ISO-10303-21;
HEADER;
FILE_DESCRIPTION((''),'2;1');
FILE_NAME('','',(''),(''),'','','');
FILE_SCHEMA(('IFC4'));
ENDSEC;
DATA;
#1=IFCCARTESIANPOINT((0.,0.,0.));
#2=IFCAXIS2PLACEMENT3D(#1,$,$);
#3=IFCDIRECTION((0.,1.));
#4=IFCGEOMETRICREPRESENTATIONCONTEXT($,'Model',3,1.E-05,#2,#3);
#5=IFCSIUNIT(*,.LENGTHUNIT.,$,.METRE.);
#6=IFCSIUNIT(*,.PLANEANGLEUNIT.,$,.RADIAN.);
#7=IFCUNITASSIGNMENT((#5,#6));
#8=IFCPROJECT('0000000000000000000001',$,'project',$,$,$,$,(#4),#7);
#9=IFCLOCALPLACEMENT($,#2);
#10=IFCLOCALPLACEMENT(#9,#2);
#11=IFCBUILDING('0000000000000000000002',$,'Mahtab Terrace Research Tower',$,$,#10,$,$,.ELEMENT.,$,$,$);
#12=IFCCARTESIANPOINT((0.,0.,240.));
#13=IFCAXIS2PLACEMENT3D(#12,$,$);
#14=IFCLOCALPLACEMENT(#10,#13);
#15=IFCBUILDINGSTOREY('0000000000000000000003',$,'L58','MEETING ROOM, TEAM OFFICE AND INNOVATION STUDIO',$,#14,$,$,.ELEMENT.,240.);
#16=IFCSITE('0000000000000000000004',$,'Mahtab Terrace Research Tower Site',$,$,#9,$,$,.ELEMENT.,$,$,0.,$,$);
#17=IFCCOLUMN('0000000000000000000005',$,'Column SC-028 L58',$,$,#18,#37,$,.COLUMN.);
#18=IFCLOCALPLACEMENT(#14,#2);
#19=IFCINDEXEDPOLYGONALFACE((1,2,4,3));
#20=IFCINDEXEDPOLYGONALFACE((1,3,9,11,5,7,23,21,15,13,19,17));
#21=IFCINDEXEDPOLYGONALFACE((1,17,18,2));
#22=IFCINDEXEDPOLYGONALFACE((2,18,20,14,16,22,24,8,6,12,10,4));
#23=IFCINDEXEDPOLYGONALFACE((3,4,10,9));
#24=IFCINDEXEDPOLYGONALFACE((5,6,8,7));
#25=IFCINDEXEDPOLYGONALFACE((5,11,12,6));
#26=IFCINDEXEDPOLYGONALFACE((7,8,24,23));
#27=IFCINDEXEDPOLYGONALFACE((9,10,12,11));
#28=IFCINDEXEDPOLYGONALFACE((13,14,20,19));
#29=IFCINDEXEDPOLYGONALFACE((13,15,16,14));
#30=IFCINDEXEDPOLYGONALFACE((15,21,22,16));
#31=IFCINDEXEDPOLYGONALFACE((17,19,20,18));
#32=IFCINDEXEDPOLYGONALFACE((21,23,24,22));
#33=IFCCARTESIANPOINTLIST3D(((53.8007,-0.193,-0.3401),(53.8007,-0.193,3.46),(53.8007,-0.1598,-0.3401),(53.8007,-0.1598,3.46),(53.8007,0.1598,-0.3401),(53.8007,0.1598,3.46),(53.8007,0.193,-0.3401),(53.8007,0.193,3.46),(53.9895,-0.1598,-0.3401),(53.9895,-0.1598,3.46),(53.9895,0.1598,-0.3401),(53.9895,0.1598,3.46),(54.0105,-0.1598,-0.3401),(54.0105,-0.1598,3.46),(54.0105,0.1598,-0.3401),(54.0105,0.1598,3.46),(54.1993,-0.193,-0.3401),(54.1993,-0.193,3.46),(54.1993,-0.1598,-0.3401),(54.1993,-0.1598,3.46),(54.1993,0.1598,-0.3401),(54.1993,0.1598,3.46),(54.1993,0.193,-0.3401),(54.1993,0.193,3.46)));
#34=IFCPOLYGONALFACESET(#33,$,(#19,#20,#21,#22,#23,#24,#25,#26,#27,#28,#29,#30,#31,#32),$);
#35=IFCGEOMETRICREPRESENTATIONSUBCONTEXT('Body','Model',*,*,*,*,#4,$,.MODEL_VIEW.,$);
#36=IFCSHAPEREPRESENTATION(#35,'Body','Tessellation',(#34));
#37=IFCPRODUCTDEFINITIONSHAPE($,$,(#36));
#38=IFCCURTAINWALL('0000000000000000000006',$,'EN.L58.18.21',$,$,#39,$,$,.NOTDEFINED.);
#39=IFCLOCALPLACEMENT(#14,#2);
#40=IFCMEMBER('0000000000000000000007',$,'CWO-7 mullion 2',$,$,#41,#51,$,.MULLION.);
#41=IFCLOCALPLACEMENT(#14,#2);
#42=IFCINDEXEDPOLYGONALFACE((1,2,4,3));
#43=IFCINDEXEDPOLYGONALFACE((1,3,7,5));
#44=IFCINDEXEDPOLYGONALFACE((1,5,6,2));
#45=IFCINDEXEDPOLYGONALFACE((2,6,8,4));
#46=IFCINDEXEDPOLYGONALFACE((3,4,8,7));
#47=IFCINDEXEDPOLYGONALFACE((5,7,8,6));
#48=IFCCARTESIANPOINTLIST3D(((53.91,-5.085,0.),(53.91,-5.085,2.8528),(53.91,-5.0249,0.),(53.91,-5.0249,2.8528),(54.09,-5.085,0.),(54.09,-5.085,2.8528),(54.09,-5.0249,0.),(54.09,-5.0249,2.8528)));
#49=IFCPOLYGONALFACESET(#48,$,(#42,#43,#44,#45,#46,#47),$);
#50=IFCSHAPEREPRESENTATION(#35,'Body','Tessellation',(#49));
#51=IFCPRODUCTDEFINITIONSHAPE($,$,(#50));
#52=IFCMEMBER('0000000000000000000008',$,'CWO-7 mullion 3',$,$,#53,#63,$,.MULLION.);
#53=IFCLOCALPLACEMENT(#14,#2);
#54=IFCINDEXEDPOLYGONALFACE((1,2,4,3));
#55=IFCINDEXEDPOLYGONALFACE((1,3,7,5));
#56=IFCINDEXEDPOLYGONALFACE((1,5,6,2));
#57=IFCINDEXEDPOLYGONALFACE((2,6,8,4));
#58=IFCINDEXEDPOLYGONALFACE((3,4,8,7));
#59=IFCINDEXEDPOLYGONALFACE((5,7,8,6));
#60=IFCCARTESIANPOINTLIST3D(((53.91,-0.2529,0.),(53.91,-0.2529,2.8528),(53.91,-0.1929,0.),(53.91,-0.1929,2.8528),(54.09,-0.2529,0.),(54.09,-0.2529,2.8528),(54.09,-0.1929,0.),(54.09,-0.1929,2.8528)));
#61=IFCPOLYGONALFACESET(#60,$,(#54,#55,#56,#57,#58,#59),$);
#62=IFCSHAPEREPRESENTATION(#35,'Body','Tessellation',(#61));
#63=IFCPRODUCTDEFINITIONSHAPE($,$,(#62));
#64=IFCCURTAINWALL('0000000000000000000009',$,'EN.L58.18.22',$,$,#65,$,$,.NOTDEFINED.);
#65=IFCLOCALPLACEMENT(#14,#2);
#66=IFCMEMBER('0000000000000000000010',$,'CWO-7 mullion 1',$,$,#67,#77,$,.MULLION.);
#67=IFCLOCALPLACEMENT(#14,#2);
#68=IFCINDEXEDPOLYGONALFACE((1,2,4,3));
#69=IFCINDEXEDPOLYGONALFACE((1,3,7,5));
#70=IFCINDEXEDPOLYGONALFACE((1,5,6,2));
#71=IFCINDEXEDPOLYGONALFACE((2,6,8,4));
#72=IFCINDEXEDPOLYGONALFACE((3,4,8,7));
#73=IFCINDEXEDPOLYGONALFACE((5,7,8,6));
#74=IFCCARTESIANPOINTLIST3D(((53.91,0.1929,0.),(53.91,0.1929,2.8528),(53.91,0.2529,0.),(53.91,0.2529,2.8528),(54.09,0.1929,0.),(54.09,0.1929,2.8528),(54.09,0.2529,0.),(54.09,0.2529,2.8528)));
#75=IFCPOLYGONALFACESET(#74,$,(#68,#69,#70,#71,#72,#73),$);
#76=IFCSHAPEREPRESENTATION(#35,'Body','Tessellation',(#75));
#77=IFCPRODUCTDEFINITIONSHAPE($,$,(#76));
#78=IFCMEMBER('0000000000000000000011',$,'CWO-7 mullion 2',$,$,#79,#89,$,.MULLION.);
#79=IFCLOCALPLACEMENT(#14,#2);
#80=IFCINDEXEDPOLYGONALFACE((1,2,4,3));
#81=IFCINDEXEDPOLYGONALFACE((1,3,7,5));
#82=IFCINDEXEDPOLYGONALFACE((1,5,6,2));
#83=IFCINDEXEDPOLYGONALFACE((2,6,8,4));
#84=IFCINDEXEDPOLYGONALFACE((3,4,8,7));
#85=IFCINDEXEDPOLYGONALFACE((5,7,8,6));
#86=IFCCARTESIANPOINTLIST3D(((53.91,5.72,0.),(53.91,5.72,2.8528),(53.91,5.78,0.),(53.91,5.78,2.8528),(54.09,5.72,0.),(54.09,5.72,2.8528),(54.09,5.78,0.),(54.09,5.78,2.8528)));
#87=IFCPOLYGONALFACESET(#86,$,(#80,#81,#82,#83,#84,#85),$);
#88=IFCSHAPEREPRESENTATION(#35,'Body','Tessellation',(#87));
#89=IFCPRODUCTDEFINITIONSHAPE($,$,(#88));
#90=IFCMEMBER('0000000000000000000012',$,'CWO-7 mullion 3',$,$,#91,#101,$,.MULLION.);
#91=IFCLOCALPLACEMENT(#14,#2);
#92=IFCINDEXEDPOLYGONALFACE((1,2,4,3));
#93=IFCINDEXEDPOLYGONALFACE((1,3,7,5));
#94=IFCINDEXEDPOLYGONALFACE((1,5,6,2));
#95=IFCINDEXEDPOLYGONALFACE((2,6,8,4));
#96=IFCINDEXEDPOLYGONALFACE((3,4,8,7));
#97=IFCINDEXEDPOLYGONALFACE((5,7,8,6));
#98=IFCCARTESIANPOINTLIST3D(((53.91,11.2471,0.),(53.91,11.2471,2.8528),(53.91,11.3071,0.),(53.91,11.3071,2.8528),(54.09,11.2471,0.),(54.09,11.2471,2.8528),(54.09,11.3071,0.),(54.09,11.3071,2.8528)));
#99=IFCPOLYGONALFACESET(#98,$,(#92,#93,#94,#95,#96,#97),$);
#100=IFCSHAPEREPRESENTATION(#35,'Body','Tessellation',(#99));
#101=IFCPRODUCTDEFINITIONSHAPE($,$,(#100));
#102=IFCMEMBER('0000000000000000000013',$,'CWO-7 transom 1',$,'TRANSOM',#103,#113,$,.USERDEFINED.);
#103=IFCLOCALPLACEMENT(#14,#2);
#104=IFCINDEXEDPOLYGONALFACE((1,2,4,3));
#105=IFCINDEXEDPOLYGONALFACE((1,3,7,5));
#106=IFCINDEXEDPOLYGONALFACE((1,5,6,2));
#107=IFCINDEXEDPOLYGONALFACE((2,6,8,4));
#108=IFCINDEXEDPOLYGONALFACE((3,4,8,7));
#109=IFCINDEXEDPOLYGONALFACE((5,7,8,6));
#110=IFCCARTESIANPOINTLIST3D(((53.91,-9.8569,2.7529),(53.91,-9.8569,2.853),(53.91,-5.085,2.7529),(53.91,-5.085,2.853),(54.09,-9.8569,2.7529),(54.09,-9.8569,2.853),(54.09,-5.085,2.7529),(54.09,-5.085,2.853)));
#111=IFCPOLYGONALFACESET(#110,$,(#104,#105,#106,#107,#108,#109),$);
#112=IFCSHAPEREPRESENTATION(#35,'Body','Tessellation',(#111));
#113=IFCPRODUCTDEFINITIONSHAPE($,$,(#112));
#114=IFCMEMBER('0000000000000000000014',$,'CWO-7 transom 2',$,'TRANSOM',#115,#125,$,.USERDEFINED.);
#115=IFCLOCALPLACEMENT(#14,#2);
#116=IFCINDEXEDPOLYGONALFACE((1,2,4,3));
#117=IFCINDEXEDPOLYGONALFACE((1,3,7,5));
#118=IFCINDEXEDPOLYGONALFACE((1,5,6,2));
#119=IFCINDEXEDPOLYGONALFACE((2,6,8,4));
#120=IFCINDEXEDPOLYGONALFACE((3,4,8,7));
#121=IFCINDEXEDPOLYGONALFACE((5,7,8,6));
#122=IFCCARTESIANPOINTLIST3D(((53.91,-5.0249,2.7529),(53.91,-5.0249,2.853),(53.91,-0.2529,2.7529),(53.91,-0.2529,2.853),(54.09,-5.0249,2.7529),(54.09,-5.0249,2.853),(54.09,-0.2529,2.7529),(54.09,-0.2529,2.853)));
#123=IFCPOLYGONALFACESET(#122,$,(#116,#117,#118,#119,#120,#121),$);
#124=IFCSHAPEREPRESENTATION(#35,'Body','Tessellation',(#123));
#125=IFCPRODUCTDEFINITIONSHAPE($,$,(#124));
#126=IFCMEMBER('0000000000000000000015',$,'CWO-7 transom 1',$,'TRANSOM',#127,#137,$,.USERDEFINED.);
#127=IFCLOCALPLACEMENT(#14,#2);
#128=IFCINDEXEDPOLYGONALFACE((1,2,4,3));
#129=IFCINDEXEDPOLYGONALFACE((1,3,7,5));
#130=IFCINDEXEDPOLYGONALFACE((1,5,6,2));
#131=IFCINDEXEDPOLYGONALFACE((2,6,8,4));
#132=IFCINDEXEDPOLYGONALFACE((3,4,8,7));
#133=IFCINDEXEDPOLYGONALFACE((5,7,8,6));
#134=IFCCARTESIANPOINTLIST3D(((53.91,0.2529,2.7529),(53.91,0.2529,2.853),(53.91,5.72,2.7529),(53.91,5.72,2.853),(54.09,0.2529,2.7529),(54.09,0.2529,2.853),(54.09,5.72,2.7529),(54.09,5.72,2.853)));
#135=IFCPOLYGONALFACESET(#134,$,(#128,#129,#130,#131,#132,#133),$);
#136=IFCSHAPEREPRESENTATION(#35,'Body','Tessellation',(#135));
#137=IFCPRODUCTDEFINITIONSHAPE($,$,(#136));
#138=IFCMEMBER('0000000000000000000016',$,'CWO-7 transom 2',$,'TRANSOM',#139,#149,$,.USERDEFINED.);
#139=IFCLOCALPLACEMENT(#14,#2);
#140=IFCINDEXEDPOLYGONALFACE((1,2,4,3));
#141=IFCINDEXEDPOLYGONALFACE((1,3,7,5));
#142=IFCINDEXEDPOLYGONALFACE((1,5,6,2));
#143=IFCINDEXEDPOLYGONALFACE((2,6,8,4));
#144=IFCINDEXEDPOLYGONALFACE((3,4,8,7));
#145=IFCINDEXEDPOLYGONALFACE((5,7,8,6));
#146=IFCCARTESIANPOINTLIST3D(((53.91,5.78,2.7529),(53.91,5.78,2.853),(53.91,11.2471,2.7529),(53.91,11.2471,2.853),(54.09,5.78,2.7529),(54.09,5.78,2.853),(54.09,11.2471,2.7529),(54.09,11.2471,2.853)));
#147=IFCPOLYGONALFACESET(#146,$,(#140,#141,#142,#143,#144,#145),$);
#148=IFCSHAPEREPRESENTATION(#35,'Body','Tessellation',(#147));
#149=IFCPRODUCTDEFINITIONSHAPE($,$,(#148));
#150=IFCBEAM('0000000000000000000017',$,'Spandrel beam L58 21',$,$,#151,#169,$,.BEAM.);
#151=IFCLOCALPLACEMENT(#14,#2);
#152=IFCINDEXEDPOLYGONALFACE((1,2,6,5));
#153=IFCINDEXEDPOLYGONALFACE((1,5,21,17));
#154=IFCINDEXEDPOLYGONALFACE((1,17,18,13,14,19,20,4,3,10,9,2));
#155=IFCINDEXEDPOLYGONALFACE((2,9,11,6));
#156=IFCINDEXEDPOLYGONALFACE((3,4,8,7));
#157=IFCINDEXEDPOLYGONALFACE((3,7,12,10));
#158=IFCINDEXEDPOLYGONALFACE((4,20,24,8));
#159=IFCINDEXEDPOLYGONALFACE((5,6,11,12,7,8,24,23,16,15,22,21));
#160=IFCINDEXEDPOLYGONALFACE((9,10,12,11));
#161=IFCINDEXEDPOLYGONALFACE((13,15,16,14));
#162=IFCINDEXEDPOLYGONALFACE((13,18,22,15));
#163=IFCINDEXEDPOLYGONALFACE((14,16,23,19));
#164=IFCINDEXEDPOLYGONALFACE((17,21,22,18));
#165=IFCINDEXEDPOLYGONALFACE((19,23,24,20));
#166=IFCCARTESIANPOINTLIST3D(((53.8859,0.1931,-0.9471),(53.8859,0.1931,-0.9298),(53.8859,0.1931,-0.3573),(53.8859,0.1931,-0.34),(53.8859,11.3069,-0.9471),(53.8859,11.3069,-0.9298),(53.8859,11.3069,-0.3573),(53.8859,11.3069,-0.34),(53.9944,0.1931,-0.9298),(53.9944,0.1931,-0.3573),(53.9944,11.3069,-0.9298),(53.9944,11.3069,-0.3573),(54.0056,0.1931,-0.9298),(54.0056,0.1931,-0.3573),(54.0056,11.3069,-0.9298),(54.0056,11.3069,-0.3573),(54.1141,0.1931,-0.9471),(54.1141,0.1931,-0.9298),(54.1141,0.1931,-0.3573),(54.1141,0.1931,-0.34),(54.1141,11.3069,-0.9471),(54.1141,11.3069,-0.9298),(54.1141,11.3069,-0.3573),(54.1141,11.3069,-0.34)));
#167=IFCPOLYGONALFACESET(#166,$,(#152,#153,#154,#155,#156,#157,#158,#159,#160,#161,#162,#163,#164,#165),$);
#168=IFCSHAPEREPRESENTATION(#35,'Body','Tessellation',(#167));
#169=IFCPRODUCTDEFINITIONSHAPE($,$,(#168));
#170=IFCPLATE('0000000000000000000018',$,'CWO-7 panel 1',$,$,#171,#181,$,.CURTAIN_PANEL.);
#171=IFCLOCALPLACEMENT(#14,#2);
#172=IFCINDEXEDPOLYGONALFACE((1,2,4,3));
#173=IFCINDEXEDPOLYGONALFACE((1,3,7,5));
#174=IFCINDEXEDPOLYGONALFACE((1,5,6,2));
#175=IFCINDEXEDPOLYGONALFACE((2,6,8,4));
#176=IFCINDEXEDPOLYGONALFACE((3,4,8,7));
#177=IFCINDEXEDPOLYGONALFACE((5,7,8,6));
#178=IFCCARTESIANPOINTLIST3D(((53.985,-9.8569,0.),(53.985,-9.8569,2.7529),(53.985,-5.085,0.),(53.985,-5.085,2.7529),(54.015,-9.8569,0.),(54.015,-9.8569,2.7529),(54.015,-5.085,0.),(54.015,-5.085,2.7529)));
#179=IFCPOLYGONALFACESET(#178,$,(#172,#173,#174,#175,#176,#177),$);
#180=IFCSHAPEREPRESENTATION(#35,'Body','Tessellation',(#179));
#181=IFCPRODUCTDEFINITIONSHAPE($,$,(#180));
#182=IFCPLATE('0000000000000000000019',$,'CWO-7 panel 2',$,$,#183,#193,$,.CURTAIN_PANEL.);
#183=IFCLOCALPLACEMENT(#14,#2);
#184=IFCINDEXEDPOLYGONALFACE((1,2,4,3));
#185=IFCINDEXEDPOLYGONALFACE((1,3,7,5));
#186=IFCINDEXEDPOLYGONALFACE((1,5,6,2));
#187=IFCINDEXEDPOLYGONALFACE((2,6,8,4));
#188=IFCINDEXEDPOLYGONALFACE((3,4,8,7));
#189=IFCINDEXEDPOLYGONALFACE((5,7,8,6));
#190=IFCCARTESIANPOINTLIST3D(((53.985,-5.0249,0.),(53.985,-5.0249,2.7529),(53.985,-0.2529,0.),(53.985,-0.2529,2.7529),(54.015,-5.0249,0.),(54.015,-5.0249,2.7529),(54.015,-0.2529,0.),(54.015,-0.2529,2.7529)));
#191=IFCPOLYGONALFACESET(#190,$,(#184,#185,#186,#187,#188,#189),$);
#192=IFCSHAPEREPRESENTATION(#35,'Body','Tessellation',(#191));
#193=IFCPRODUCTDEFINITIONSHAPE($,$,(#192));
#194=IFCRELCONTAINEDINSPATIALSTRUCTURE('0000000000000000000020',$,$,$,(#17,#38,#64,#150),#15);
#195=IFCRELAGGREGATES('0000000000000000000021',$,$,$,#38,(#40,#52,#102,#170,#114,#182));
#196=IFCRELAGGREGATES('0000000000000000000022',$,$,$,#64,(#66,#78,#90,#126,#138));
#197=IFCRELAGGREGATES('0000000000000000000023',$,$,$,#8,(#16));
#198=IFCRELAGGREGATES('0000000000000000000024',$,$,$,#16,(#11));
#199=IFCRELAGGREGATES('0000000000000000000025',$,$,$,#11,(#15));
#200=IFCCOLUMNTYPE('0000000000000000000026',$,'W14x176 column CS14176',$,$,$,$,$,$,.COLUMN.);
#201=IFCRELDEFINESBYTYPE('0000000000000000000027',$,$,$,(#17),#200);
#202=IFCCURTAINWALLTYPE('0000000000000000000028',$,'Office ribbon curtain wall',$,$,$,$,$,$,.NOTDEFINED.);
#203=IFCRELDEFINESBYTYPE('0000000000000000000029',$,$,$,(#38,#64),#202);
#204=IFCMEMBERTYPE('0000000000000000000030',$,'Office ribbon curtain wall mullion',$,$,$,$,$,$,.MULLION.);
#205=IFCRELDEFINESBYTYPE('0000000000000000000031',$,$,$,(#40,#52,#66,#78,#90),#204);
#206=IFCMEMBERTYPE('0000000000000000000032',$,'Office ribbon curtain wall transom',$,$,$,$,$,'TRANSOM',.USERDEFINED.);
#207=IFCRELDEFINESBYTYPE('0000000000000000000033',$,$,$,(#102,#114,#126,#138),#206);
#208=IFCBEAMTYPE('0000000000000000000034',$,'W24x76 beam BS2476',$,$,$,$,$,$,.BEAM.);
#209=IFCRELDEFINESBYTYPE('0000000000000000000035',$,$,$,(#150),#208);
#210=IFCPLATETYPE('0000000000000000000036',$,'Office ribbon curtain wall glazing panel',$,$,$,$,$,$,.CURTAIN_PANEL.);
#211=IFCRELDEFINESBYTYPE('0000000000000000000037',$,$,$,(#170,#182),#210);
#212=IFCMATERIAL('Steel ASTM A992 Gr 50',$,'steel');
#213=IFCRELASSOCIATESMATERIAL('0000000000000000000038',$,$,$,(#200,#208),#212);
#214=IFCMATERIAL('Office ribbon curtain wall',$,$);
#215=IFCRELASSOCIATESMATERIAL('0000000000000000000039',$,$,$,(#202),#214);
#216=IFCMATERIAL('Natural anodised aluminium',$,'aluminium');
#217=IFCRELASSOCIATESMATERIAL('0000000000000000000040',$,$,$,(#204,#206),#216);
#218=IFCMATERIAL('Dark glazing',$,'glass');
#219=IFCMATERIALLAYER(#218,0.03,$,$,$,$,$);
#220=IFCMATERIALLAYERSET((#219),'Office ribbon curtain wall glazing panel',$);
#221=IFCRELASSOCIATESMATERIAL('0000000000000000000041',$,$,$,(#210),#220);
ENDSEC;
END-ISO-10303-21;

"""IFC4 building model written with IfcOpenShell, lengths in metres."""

from ifc_helpers import new_model, si_unit, direction, frame, origin, origin_2d, place, context, subcontext, project, spatial, rectangle, i_section, extrude, material, layer, layer_set, material_profile, profile_set, type_object, element, aggregate, save


model = new_model("IFC4")

# Units and contexts
model_context = context("Model", 3, precision=1e-05, world=origin(), true_north=direction((0.0, 1.0)))
body_context = subcontext(model_context, "Body", "Model", "MODEL_VIEW")
ifc_project = project(units=[si_unit("LENGTHUNIT", "METRE"), si_unit("PLANEANGLEUNIT", "RADIAN")], contexts=[model_context])

# Site, building, storey
site_placement = place(None, origin())
site = spatial("IfcSite", under=ifc_project, at=site_placement, Name="Mahtab Terrace Research Tower Site", CompositionType="ELEMENT", RefElevation=0.0)
building_placement = place(site_placement, origin())
building = spatial("IfcBuilding", under=site, at=building_placement, Name="Mahtab Terrace Research Tower", CompositionType="ELEMENT")
storey_placement = place(building_placement, frame((0.0, 0.0, 240.0)))
storey = spatial("IfcBuildingStorey", under=building, at=storey_placement, Name="L58", Description="MEETING ROOM, TEAM OFFICE AND INNOVATION STUDIO", CompositionType="ELEMENT", Elevation=240.0)

# Column
ifc_material_1 = material(Name="Steel ASTM A992 Gr 50", Category="steel")
ifc_material_profile_1 = material_profile(ifc_material_1, i_section(OverallWidth=0.3987, OverallDepth=0.386, WebThickness=0.021, FlangeThickness=0.0332, at=origin_2d()), Name="W14X176")
ifc_profile_set_1 = profile_set([ifc_material_profile_1], Name="Steel ASTM A992 Gr 50")
column_type = type_object("IfcColumnType", Name="W14x176 column CS14176", PredefinedType="COLUMN", material=ifc_profile_set_1)
column_placement = place(storey_placement, frame((54.0, 0.0, -0.3401), z_axis=(0.0, 0.0, 1.0), x_axis=(1.0, 0.0, 0.0)))
element("IfcColumn", 1, at=column_placement, inside=storey, type_object=column_type, Name="Column SC-028 L58", PredefinedType="COLUMN", context=body_context, shape_type="SweptSolid", body=[
    extrude(i_section(OverallWidth=0.3987, OverallDepth=0.386, WebThickness=0.021, FlangeThickness=0.0332, at=origin_2d()), origin(), (0.0, 0.0, 1.0), 3.8),
])

# Curtain walls, members
ifc_material_2 = material(Name="Office ribbon curtain wall")
curtain_wall_type = type_object("IfcCurtainWallType", Name="Office ribbon curtain wall", PredefinedType="NOTDEFINED", material=ifc_material_2)
curtain_wall_1_placement = place(storey_placement, origin())
curtain_wall_1 = element("IfcCurtainWall", 2, at=curtain_wall_1_placement, inside=storey, type_object=curtain_wall_type, Name="EN.L58.18.21", PredefinedType="NOTDEFINED")
ifc_material_3 = material(Name="Natural anodised aluminium", Category="aluminium")
ifc_material_profile_2 = material_profile(ifc_material_3, rectangle(XDim=0.1799, YDim=0.0601, at=origin_2d()), Name="MULLION 60x180")
ifc_profile_set_2 = profile_set([ifc_material_profile_2], Name="Natural anodised aluminium")
member_type_1 = type_object("IfcMemberType", Name="Office ribbon curtain wall mullion", PredefinedType="MULLION", material=ifc_profile_set_2)
member_1_placement = place(storey_placement, frame((54.0, -5.0549, 0.0), z_axis=(0.0, 0.0, 1.0), x_axis=(-1.0, 0.0, 0.0)))
member_1 = element("IfcMember", 3, at=member_1_placement, type_object=member_type_1, Name="CWO-7 mullion 2", PredefinedType="MULLION", context=body_context, shape_type="SweptSolid", body=[
    extrude(rectangle(XDim=0.1799, YDim=0.0601, at=origin_2d()), origin(), (0.0, 0.0, 1.0), 2.8528),
])
member_2_placement = place(storey_placement, frame((54.0, -0.2229, 0.0), z_axis=(0.0, 0.0, 1.0), x_axis=(-1.0, 0.0, 0.0)))
member_2 = element("IfcMember", 4, at=member_2_placement, type_object=member_type_1, Name="CWO-7 mullion 3", PredefinedType="MULLION", context=body_context, shape_type="SweptSolid", body=[
    extrude(rectangle(XDim=0.1799, YDim=0.0601, at=origin_2d()), origin(), (0.0, 0.0, 1.0), 2.8528),
])
curtain_wall_2_placement = place(storey_placement, origin())
curtain_wall_2 = element("IfcCurtainWall", 5, at=curtain_wall_2_placement, inside=storey, type_object=curtain_wall_type, Name="EN.L58.18.22", PredefinedType="NOTDEFINED")
member_3_placement = place(storey_placement, frame((54.0, 0.2229, 0.0), z_axis=(0.0, 0.0, 1.0), x_axis=(-1.0, 0.0, 0.0)))
member_3 = element("IfcMember", 6, at=member_3_placement, type_object=member_type_1, Name="CWO-7 mullion 1", PredefinedType="MULLION", context=body_context, shape_type="SweptSolid", body=[
    extrude(rectangle(XDim=0.1799, YDim=0.0601, at=origin_2d()), origin(), (0.0, 0.0, 1.0), 2.8528),
])
member_4_placement = place(storey_placement, frame((54.0, 5.75, 0.0), z_axis=(0.0, 0.0, 1.0), x_axis=(-1.0, 0.0, 0.0)))
member_4 = element("IfcMember", 7, at=member_4_placement, type_object=member_type_1, Name="CWO-7 mullion 2", PredefinedType="MULLION", context=body_context, shape_type="SweptSolid", body=[
    extrude(rectangle(XDim=0.1799, YDim=0.0601, at=origin_2d()), origin(), (0.0, 0.0, 1.0), 2.8528),
])
member_5_placement = place(storey_placement, frame((54.0, 11.2771, 0.0), z_axis=(0.0, 0.0, 1.0), x_axis=(-1.0, 0.0, 0.0)))
member_5 = element("IfcMember", 8, at=member_5_placement, type_object=member_type_1, Name="CWO-7 mullion 3", PredefinedType="MULLION", context=body_context, shape_type="SweptSolid", body=[
    extrude(rectangle(XDim=0.1799, YDim=0.0601, at=origin_2d()), origin(), (0.0, 0.0, 1.0), 2.8528),
])

# Members
ifc_material_profile_3 = material_profile(ifc_material_3, rectangle(XDim=0.1799, YDim=0.1001, at=origin_2d()), Name="TRANSOM 100x180")
ifc_profile_set_3 = profile_set([ifc_material_profile_3], Name="Natural anodised aluminium")
member_type_2 = type_object("IfcMemberType", Name="Office ribbon curtain wall transom", ElementType="TRANSOM", PredefinedType="USERDEFINED", material=ifc_profile_set_3)
member_6_placement = place(storey_placement, frame((54.0, -9.8569, 2.803), z_axis=(0.0, 1.0, 0.0), x_axis=(-1.0, 0.0, 0.0)))
member_6 = element("IfcMember", 9, at=member_6_placement, type_object=member_type_2, Name="CWO-7 transom 1", ObjectType="TRANSOM", PredefinedType="USERDEFINED", context=body_context, shape_type="SweptSolid", body=[
    extrude(rectangle(XDim=0.1799, YDim=0.1001, at=origin_2d()), origin(), (0.0, 0.0, 1.0), 4.772),
])
member_7_placement = place(storey_placement, frame((54.0, -5.0249, 2.803), z_axis=(0.0, 1.0, 0.0), x_axis=(-1.0, 0.0, 0.0)))
member_7 = element("IfcMember", 10, at=member_7_placement, type_object=member_type_2, Name="CWO-7 transom 2", ObjectType="TRANSOM", PredefinedType="USERDEFINED", context=body_context, shape_type="SweptSolid", body=[
    extrude(rectangle(XDim=0.1799, YDim=0.1001, at=origin_2d()), origin(), (0.0, 0.0, 1.0), 4.772),
])
member_8_placement = place(storey_placement, frame((54.0, 0.2529, 2.803), z_axis=(0.0, 1.0, 0.0), x_axis=(-1.0, 0.0, 0.0)))
member_8 = element("IfcMember", 11, at=member_8_placement, type_object=member_type_2, Name="CWO-7 transom 1", ObjectType="TRANSOM", PredefinedType="USERDEFINED", context=body_context, shape_type="SweptSolid", body=[
    extrude(rectangle(XDim=0.1799, YDim=0.1001, at=origin_2d()), origin(), (0.0, 0.0, 1.0), 5.467),
])
member_9_placement = place(storey_placement, frame((54.0, 5.78, 2.803), z_axis=(0.0, 1.0, 0.0), x_axis=(-1.0, 0.0, 0.0)))
member_9 = element("IfcMember", 12, at=member_9_placement, type_object=member_type_2, Name="CWO-7 transom 2", ObjectType="TRANSOM", PredefinedType="USERDEFINED", context=body_context, shape_type="SweptSolid", body=[
    extrude(rectangle(XDim=0.1799, YDim=0.1001, at=origin_2d()), origin(), (0.0, 0.0, 1.0), 5.467),
])

# Beam
ifc_material_profile_4 = material_profile(ifc_material_1, i_section(OverallWidth=0.2283, OverallDepth=0.6072, WebThickness=0.0112, FlangeThickness=0.0173, at=origin_2d()), Name="W24X76")
ifc_profile_set_4 = profile_set([ifc_material_profile_4], Name="Steel ASTM A992 Gr 50")
beam_type = type_object("IfcBeamType", Name="W24x76 beam BS2476", PredefinedType="BEAM", material=ifc_profile_set_4)
beam_placement = place(storey_placement, frame((54.0, 0.1931, -0.6436), z_axis=(0.0, 1.0, 0.0), x_axis=(-1.0, 0.0, 0.0)))
element("IfcBeam", 13, at=beam_placement, inside=storey, type_object=beam_type, Name="Spandrel beam L58 21", PredefinedType="BEAM", context=body_context, shape_type="SweptSolid", body=[
    extrude(i_section(OverallWidth=0.2283, OverallDepth=0.6072, WebThickness=0.0112, FlangeThickness=0.0173, at=origin_2d()), origin(), (0.0, 0.0, 1.0), 11.1138),
])

# Plates
ifc_material_4 = material(Name="Dark glazing", Category="glass")
ifc_layer = layer(ifc_material_4, 0.03)
ifc_layer_set = layer_set([ifc_layer], Name="Office ribbon curtain wall glazing panel")
plate_type = type_object("IfcPlateType", Name="Office ribbon curtain wall glazing panel", PredefinedType="CURTAIN_PANEL", material=ifc_layer_set)
plate_1_placement = place(storey_placement, frame((54.0, -7.4709, 0.0), z_axis=(0.0, 0.0, 1.0), x_axis=(0.0, 1.0, 0.0)))
plate_1 = element("IfcPlate", 14, at=plate_1_placement, type_object=plate_type, Name="CWO-7 panel 1", PredefinedType="CURTAIN_PANEL", context=body_context, shape_type="SweptSolid", body=[
    extrude(rectangle(XDim=4.772, YDim=0.03, at=origin_2d()), origin(), (0.0, 0.0, 1.0), 2.7529),
])
plate_2_placement = place(storey_placement, frame((54.0, -2.6389, 0.0), z_axis=(0.0, 0.0, 1.0), x_axis=(0.0, 1.0, 0.0)))
plate_2 = element("IfcPlate", 15, at=plate_2_placement, type_object=plate_type, Name="CWO-7 panel 2", PredefinedType="CURTAIN_PANEL", context=body_context, shape_type="SweptSolid", body=[
    extrude(rectangle(XDim=4.772, YDim=0.03, at=origin_2d()), origin(), (0.0, 0.0, 1.0), 2.7529),
])
aggregate(curtain_wall_1, [member_1, member_2, member_6, plate_1, member_7, plate_2])
aggregate(curtain_wall_2, [member_3, member_4, member_5, member_8, member_9])

save(model, "model.ifc")
